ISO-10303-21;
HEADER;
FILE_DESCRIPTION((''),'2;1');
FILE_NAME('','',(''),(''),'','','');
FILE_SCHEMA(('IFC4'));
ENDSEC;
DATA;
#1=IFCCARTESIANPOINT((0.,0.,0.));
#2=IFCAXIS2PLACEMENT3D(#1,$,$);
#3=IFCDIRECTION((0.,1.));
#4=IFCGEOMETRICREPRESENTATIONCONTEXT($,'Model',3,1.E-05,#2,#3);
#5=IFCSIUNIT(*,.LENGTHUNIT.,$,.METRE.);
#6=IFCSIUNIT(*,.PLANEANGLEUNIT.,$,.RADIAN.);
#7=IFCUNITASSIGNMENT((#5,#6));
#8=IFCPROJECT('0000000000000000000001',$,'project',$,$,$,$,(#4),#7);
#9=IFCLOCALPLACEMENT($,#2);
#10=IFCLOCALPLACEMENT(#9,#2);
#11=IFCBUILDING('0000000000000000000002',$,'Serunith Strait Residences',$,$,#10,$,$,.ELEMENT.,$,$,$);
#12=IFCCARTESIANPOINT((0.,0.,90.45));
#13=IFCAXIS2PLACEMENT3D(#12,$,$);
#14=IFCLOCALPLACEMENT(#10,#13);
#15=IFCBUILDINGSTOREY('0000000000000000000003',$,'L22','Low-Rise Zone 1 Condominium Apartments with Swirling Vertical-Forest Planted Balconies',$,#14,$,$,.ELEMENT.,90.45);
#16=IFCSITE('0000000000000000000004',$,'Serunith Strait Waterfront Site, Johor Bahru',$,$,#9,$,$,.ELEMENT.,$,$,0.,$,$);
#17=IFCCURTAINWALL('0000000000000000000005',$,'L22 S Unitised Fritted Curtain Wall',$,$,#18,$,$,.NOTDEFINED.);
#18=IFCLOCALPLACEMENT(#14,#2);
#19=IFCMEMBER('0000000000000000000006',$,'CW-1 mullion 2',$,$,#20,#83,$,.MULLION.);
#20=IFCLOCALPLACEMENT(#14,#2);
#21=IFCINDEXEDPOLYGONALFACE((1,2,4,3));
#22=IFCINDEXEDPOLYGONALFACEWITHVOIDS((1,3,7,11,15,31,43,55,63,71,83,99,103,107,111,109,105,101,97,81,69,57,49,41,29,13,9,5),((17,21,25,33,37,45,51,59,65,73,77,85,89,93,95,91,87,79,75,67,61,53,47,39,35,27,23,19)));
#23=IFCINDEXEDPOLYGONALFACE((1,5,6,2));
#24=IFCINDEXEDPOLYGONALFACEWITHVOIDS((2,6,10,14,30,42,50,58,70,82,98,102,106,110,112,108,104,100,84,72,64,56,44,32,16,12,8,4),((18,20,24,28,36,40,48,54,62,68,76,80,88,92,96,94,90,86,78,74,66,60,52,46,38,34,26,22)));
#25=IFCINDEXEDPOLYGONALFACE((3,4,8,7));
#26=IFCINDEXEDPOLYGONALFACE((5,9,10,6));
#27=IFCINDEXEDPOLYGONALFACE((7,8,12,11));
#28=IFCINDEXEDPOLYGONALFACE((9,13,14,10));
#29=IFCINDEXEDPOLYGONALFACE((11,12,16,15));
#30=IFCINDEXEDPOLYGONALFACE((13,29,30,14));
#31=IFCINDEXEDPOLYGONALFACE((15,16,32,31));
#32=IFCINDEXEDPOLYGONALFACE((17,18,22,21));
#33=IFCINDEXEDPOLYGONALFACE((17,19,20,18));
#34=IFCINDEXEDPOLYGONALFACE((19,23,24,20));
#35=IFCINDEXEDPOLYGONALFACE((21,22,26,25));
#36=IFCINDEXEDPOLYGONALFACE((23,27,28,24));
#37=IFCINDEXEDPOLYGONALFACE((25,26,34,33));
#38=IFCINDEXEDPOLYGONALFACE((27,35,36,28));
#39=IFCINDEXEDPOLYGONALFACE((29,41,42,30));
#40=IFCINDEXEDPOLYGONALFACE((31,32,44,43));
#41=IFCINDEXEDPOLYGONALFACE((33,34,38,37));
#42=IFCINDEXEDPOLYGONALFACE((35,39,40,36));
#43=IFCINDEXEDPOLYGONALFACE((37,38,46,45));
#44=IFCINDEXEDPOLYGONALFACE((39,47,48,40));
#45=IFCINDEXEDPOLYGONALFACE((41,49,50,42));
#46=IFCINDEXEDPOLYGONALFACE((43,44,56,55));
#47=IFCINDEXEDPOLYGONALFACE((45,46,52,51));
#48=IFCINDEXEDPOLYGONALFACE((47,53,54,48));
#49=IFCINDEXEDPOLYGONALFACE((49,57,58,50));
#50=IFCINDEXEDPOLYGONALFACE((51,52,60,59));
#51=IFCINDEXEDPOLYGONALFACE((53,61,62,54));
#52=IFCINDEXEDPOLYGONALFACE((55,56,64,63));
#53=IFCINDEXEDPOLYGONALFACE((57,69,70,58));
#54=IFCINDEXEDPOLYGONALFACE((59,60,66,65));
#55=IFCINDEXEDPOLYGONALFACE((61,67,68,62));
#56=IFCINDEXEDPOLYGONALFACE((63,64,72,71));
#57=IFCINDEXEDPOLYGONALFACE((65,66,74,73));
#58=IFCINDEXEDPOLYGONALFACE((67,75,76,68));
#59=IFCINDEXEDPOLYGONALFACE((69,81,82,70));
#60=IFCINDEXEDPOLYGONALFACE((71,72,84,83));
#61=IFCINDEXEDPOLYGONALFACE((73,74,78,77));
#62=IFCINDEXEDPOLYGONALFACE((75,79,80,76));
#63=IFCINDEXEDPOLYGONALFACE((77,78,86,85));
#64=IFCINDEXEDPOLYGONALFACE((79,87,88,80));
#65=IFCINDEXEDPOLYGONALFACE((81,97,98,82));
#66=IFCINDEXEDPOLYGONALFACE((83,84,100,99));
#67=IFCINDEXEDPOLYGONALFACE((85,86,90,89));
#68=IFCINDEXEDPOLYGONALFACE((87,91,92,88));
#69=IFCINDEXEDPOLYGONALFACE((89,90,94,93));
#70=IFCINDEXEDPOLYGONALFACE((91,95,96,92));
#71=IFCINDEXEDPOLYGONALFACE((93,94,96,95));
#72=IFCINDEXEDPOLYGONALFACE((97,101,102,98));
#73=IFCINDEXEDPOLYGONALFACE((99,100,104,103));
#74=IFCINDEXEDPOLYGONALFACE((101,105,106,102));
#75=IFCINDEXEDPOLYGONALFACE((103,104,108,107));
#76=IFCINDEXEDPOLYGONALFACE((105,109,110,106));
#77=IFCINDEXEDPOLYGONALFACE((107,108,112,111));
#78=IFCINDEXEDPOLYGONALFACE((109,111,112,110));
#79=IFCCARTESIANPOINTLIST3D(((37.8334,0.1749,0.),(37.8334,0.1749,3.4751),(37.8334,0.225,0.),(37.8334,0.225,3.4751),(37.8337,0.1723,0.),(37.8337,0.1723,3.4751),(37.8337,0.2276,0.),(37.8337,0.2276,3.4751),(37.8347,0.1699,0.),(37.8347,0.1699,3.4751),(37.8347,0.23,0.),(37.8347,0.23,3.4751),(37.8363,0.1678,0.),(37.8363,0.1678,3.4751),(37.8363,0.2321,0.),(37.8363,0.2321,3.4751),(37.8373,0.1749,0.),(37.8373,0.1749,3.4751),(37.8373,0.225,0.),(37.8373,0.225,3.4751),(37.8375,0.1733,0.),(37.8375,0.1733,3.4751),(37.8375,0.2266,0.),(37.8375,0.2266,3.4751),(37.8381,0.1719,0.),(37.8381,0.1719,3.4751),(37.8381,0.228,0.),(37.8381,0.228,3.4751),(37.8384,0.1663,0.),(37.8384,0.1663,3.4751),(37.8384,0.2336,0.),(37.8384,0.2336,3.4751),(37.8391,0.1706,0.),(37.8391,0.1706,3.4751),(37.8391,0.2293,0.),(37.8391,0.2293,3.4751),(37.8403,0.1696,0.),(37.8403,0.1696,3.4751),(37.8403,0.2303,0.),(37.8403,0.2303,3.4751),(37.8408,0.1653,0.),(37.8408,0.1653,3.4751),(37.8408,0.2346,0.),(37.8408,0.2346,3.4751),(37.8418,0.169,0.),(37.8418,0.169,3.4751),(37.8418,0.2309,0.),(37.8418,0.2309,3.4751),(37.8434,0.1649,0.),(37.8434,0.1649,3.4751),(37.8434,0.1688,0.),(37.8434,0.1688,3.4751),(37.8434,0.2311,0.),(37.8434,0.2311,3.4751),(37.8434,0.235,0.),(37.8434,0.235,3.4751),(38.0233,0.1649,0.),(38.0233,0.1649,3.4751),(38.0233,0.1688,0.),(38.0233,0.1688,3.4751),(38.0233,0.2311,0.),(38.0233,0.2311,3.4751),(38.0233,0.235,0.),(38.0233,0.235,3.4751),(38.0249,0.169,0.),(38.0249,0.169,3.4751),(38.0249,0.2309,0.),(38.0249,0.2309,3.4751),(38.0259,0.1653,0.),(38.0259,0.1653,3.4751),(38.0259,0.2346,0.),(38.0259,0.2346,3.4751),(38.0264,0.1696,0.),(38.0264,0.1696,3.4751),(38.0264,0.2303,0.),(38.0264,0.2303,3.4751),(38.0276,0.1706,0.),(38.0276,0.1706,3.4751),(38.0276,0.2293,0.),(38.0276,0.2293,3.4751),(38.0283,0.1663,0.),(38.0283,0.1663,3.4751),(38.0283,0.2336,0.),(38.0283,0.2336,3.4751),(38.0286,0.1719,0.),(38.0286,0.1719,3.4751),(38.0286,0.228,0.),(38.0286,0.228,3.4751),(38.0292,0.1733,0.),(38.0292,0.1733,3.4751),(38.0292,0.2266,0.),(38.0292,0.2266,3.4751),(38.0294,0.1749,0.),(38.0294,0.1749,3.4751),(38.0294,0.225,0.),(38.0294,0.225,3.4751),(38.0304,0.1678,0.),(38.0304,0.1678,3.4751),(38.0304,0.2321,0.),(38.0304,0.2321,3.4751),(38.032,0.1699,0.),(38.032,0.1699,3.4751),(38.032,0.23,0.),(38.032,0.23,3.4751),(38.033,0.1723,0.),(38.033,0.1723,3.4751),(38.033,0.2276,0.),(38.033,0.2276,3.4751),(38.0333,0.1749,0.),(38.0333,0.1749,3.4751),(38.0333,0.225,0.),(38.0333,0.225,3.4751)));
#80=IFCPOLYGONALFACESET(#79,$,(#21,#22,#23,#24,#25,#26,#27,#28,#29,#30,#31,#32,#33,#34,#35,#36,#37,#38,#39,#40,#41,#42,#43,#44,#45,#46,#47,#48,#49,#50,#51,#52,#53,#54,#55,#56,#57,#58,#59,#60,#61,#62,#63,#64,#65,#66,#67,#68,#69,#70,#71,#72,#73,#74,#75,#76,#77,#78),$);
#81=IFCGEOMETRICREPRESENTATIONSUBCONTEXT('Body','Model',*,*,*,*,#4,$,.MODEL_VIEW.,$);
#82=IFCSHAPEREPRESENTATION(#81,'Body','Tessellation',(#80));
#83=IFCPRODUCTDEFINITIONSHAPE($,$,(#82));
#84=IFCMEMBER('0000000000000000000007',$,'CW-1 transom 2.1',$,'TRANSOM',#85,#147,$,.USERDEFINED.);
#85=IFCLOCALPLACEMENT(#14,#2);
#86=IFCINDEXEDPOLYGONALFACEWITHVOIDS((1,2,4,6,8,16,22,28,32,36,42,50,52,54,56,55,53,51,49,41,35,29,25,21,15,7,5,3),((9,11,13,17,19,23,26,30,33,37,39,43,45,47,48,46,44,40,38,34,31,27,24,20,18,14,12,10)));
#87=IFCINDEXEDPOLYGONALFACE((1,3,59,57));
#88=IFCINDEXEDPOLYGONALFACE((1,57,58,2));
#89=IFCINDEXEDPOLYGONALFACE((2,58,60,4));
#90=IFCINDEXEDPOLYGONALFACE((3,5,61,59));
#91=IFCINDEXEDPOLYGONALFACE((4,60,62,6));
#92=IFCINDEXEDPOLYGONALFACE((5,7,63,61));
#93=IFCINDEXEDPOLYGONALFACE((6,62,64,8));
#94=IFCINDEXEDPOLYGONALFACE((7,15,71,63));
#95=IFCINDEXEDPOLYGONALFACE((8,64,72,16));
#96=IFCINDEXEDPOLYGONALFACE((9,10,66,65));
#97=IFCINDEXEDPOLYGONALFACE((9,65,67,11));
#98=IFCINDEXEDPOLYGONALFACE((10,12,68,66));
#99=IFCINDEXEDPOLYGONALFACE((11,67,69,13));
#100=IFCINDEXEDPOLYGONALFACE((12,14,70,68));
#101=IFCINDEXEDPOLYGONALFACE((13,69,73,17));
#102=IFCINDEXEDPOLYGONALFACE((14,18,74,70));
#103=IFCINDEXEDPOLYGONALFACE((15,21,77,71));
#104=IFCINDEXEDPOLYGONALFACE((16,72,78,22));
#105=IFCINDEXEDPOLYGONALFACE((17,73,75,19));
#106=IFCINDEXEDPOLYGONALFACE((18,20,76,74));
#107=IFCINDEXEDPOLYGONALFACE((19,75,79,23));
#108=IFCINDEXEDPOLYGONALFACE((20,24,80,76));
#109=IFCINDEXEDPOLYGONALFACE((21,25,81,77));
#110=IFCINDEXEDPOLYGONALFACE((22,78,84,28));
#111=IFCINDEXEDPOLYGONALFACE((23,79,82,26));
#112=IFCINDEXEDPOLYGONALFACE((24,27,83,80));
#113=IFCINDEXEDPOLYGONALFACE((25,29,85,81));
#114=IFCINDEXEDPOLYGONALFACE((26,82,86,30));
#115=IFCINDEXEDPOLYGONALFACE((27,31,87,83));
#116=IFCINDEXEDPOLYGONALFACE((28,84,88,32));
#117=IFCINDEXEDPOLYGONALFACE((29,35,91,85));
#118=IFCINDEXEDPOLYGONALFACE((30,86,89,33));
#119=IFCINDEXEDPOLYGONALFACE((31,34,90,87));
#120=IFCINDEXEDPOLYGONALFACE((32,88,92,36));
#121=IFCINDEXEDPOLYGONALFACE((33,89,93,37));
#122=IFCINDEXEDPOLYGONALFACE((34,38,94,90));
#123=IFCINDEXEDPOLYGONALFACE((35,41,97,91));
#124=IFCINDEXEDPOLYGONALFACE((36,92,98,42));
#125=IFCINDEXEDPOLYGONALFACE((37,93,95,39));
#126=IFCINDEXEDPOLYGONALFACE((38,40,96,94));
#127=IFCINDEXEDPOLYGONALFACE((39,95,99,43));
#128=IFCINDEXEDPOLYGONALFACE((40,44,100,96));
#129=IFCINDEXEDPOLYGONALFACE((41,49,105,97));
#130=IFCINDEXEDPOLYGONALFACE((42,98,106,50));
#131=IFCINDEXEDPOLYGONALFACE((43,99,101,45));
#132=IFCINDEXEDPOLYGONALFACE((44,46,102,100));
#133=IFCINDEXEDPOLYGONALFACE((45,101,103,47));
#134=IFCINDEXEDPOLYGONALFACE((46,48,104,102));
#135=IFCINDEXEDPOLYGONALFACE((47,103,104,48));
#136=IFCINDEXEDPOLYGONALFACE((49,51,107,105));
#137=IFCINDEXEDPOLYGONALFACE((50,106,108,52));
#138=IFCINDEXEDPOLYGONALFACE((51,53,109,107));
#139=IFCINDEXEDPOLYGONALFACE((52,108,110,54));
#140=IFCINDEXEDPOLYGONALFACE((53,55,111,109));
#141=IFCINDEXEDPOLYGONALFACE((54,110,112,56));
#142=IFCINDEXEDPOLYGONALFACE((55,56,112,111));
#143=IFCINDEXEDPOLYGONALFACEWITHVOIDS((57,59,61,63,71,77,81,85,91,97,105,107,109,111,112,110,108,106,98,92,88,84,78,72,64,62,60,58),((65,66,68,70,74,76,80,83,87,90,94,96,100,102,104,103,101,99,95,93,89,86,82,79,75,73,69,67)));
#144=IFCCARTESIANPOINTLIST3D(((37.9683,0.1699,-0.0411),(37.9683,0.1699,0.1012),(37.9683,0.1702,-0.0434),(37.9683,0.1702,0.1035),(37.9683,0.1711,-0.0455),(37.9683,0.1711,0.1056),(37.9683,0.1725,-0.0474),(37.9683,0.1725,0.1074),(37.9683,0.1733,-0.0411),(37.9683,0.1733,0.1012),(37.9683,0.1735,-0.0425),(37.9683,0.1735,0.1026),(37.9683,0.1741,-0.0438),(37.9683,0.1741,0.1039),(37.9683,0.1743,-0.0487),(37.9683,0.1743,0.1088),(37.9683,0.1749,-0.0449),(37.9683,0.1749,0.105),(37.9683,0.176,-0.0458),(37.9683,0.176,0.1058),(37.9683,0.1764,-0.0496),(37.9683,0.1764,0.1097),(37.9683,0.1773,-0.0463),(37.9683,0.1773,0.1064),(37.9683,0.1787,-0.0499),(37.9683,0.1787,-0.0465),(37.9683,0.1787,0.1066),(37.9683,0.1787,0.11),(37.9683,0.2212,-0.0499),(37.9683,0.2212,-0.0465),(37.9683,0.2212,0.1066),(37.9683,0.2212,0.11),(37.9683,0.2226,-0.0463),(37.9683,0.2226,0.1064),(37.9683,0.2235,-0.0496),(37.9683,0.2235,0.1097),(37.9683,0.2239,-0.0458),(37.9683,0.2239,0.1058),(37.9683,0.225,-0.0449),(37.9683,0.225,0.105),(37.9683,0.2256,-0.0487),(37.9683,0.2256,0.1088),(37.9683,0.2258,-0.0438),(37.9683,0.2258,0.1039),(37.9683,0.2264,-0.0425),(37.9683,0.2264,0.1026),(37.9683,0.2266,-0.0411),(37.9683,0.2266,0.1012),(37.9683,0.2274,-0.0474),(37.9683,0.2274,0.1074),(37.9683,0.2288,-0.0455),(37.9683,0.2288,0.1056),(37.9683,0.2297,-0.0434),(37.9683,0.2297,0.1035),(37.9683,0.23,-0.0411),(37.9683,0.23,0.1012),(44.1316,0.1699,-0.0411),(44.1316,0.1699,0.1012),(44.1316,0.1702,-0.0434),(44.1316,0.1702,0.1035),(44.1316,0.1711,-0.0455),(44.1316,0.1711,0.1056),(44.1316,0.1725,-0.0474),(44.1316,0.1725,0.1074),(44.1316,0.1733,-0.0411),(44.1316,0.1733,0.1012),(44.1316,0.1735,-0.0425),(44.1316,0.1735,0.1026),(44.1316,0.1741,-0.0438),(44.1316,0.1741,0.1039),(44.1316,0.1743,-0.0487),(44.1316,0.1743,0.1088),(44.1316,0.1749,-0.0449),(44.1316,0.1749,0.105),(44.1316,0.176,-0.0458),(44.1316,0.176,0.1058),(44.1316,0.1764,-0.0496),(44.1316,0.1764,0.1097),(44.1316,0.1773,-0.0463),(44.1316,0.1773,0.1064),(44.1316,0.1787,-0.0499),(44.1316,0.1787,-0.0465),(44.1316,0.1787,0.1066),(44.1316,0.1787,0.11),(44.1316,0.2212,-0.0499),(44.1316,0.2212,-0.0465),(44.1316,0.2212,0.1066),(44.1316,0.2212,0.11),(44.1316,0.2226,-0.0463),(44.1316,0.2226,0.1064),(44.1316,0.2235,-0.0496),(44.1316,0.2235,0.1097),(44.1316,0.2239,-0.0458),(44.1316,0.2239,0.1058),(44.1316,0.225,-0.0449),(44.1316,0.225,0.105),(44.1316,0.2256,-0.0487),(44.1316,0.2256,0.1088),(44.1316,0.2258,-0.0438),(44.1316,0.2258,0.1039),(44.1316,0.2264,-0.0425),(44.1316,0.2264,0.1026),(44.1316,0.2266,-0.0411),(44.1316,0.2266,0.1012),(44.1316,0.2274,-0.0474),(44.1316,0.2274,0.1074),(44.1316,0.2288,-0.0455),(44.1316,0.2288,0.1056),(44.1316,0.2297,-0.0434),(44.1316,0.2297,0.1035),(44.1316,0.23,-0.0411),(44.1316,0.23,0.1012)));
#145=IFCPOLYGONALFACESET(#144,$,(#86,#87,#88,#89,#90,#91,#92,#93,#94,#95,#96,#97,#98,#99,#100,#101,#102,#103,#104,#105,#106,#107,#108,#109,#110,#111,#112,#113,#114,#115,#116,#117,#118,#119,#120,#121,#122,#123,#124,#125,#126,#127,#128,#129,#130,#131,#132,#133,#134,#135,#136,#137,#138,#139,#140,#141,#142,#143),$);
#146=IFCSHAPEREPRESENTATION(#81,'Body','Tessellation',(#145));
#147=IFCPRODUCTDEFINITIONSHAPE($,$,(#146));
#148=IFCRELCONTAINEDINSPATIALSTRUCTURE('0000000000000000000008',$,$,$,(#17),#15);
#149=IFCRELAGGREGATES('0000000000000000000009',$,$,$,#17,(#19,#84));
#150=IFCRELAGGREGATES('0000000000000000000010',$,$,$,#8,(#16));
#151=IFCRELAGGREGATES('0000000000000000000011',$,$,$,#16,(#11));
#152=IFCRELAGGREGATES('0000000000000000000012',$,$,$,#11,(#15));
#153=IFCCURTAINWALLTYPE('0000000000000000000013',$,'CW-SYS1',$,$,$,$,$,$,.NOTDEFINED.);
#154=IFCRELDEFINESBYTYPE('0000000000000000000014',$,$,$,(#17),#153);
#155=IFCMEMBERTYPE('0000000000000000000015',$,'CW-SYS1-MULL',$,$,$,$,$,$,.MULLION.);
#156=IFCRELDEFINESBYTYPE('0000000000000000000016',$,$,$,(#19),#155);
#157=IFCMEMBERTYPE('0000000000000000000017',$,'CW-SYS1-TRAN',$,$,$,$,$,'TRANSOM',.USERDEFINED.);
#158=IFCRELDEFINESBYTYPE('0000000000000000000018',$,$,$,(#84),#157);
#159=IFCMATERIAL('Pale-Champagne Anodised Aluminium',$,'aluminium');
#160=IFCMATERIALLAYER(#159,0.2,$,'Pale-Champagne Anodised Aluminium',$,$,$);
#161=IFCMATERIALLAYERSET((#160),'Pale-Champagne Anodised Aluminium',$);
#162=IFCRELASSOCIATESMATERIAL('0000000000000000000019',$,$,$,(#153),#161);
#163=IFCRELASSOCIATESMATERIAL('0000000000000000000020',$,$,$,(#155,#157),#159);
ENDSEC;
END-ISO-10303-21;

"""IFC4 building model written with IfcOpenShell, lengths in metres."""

from ifc_helpers import new_model, si_unit, direction, frame, origin, origin_2d, place, context, subcontext, project, spatial, hollow_rectangle, extrude, source, transform, mapped, material, layer, layer_set, material_profile, profile_set, type_object, element, aggregate, save


model = new_model("IFC4")

# Units and contexts
model_context = context("Model", 3, precision=1e-05, world=origin(), true_north=direction((0.0, 1.0)))
body_context = subcontext(model_context, "Body", "Model", "MODEL_VIEW")
ifc_project = project(units=[si_unit("LENGTHUNIT", "METRE"), si_unit("PLANEANGLEUNIT", "RADIAN")], contexts=[model_context])

# Site, building, storey
site_placement = place(None, origin())
site = spatial("IfcSite", under=ifc_project, at=site_placement, Name="Serunith Strait Waterfront Site, Johor Bahru", CompositionType="ELEMENT", RefElevation=0.0)
building_placement = place(site_placement, origin())
building = spatial("IfcBuilding", under=site, at=building_placement, Name="Serunith Strait Residences", CompositionType="ELEMENT")
storey_placement = place(building_placement, frame((0.0, 0.0, 90.45)))
storey = spatial("IfcBuildingStorey", under=building, at=storey_placement, Name="L22", Description="Low-Rise Zone 1 Condominium Apartments with Swirling Vertical-Forest Planted Balconies", CompositionType="ELEMENT", Elevation=90.45)

# Curtain wall, members
ifc_material_1 = material(Name="Pale-Champagne Anodised Aluminium", Category="aluminium")
ifc_layer_1 = layer(ifc_material_1, 0.2, Name="Pale-Champagne Anodised Aluminium")
ifc_layer_set_1 = layer_set([ifc_layer_1], Name="Pale-Champagne Anodised Aluminium")
curtain_wall_type = type_object("IfcCurtainWallType", Name="CW-SYS1", PredefinedType="NOTDEFINED", material=ifc_layer_set_1)
curtain_wall_placement = place(storey_placement, origin())
curtain_wall = element("IfcCurtainWall", 1, at=curtain_wall_placement, inside=storey, type_object=curtain_wall_type, Name="L22 S Unitised Fritted Curtain Wall", PredefinedType="NOTDEFINED")
ifc_material_profile_1 = material_profile(ifc_material_1, hollow_rectangle(XDim=0.0701, YDim=0.2, WallThickness=0.0039, InnerFilletRadius=0.0061, OuterFilletRadius=0.01, at=origin_2d()), Name="ALU 200x70x4")
ifc_profile_set_1 = profile_set([ifc_material_profile_1], Name="Pale-Champagne Anodised Aluminium")
member_type_1 = type_object("IfcMemberType", Name="CW-SYS1-MULL", PredefinedType="MULLION", material=ifc_profile_set_1)
shared_shape_1 = source(origin(), body_context, "Body", "SweptSolid", [
    extrude(hollow_rectangle(XDim=0.0701, YDim=0.2, WallThickness=0.0039, InnerFilletRadius=0.0061, OuterFilletRadius=0.01, at=origin_2d()), origin(), (0.0, 0.0, 1.0), 3.4751),
])
member_1_placement = place(storey_placement, frame((37.9333, 0.2, 0.0), z_axis=(0.0, 0.0, 1.0), x_axis=(0.0, 1.0, 0.0)))
member_1 = element("IfcMember", 2, at=member_1_placement, type_object=member_type_1, Name="CW-1 mullion 2", PredefinedType="MULLION", context=body_context, shape_type="MappedRepresentation", body=[
    mapped(shared_shape_1, transform((0.0, 0.0, 0.0), scale=1.0)),
])
ifc_material_profile_2 = material_profile(ifc_material_1, hollow_rectangle(XDim=0.0601, YDim=0.1599, WallThickness=0.0034, InnerFilletRadius=0.0054, OuterFilletRadius=0.0088, at=origin_2d()), Name="ALU 160x60x3.5")
ifc_profile_set_2 = profile_set([ifc_material_profile_2], Name="Pale-Champagne Anodised Aluminium")
member_type_2 = type_object("IfcMemberType", Name="CW-SYS1-TRAN", ElementType="TRANSOM", PredefinedType="USERDEFINED", material=ifc_profile_set_2)
shared_shape_2 = source(origin(), body_context, "Body", "SweptSolid", [
    extrude(hollow_rectangle(XDim=0.0601, YDim=0.1599, WallThickness=0.0034, InnerFilletRadius=0.0054, OuterFilletRadius=0.0088, at=origin_2d()), origin(), (0.0, 0.0, 1.0), 6.1633),
])
member_2_placement = place(storey_placement, frame((37.9683, 0.2, 0.03), z_axis=(1.0, 0.0, 0.0), x_axis=(0.0, 1.0, 0.0)))
member_2 = element("IfcMember", 3, at=member_2_placement, type_object=member_type_2, Name="CW-1 transom 2.1", ObjectType="TRANSOM", PredefinedType="USERDEFINED", context=body_context, shape_type="MappedRepresentation", body=[
    mapped(shared_shape_2, transform((0.0, 0.0, 0.0), scale=1.0)),
])
aggregate(curtain_wall, [member_1, member_2])

save(model, "model.ifc")
